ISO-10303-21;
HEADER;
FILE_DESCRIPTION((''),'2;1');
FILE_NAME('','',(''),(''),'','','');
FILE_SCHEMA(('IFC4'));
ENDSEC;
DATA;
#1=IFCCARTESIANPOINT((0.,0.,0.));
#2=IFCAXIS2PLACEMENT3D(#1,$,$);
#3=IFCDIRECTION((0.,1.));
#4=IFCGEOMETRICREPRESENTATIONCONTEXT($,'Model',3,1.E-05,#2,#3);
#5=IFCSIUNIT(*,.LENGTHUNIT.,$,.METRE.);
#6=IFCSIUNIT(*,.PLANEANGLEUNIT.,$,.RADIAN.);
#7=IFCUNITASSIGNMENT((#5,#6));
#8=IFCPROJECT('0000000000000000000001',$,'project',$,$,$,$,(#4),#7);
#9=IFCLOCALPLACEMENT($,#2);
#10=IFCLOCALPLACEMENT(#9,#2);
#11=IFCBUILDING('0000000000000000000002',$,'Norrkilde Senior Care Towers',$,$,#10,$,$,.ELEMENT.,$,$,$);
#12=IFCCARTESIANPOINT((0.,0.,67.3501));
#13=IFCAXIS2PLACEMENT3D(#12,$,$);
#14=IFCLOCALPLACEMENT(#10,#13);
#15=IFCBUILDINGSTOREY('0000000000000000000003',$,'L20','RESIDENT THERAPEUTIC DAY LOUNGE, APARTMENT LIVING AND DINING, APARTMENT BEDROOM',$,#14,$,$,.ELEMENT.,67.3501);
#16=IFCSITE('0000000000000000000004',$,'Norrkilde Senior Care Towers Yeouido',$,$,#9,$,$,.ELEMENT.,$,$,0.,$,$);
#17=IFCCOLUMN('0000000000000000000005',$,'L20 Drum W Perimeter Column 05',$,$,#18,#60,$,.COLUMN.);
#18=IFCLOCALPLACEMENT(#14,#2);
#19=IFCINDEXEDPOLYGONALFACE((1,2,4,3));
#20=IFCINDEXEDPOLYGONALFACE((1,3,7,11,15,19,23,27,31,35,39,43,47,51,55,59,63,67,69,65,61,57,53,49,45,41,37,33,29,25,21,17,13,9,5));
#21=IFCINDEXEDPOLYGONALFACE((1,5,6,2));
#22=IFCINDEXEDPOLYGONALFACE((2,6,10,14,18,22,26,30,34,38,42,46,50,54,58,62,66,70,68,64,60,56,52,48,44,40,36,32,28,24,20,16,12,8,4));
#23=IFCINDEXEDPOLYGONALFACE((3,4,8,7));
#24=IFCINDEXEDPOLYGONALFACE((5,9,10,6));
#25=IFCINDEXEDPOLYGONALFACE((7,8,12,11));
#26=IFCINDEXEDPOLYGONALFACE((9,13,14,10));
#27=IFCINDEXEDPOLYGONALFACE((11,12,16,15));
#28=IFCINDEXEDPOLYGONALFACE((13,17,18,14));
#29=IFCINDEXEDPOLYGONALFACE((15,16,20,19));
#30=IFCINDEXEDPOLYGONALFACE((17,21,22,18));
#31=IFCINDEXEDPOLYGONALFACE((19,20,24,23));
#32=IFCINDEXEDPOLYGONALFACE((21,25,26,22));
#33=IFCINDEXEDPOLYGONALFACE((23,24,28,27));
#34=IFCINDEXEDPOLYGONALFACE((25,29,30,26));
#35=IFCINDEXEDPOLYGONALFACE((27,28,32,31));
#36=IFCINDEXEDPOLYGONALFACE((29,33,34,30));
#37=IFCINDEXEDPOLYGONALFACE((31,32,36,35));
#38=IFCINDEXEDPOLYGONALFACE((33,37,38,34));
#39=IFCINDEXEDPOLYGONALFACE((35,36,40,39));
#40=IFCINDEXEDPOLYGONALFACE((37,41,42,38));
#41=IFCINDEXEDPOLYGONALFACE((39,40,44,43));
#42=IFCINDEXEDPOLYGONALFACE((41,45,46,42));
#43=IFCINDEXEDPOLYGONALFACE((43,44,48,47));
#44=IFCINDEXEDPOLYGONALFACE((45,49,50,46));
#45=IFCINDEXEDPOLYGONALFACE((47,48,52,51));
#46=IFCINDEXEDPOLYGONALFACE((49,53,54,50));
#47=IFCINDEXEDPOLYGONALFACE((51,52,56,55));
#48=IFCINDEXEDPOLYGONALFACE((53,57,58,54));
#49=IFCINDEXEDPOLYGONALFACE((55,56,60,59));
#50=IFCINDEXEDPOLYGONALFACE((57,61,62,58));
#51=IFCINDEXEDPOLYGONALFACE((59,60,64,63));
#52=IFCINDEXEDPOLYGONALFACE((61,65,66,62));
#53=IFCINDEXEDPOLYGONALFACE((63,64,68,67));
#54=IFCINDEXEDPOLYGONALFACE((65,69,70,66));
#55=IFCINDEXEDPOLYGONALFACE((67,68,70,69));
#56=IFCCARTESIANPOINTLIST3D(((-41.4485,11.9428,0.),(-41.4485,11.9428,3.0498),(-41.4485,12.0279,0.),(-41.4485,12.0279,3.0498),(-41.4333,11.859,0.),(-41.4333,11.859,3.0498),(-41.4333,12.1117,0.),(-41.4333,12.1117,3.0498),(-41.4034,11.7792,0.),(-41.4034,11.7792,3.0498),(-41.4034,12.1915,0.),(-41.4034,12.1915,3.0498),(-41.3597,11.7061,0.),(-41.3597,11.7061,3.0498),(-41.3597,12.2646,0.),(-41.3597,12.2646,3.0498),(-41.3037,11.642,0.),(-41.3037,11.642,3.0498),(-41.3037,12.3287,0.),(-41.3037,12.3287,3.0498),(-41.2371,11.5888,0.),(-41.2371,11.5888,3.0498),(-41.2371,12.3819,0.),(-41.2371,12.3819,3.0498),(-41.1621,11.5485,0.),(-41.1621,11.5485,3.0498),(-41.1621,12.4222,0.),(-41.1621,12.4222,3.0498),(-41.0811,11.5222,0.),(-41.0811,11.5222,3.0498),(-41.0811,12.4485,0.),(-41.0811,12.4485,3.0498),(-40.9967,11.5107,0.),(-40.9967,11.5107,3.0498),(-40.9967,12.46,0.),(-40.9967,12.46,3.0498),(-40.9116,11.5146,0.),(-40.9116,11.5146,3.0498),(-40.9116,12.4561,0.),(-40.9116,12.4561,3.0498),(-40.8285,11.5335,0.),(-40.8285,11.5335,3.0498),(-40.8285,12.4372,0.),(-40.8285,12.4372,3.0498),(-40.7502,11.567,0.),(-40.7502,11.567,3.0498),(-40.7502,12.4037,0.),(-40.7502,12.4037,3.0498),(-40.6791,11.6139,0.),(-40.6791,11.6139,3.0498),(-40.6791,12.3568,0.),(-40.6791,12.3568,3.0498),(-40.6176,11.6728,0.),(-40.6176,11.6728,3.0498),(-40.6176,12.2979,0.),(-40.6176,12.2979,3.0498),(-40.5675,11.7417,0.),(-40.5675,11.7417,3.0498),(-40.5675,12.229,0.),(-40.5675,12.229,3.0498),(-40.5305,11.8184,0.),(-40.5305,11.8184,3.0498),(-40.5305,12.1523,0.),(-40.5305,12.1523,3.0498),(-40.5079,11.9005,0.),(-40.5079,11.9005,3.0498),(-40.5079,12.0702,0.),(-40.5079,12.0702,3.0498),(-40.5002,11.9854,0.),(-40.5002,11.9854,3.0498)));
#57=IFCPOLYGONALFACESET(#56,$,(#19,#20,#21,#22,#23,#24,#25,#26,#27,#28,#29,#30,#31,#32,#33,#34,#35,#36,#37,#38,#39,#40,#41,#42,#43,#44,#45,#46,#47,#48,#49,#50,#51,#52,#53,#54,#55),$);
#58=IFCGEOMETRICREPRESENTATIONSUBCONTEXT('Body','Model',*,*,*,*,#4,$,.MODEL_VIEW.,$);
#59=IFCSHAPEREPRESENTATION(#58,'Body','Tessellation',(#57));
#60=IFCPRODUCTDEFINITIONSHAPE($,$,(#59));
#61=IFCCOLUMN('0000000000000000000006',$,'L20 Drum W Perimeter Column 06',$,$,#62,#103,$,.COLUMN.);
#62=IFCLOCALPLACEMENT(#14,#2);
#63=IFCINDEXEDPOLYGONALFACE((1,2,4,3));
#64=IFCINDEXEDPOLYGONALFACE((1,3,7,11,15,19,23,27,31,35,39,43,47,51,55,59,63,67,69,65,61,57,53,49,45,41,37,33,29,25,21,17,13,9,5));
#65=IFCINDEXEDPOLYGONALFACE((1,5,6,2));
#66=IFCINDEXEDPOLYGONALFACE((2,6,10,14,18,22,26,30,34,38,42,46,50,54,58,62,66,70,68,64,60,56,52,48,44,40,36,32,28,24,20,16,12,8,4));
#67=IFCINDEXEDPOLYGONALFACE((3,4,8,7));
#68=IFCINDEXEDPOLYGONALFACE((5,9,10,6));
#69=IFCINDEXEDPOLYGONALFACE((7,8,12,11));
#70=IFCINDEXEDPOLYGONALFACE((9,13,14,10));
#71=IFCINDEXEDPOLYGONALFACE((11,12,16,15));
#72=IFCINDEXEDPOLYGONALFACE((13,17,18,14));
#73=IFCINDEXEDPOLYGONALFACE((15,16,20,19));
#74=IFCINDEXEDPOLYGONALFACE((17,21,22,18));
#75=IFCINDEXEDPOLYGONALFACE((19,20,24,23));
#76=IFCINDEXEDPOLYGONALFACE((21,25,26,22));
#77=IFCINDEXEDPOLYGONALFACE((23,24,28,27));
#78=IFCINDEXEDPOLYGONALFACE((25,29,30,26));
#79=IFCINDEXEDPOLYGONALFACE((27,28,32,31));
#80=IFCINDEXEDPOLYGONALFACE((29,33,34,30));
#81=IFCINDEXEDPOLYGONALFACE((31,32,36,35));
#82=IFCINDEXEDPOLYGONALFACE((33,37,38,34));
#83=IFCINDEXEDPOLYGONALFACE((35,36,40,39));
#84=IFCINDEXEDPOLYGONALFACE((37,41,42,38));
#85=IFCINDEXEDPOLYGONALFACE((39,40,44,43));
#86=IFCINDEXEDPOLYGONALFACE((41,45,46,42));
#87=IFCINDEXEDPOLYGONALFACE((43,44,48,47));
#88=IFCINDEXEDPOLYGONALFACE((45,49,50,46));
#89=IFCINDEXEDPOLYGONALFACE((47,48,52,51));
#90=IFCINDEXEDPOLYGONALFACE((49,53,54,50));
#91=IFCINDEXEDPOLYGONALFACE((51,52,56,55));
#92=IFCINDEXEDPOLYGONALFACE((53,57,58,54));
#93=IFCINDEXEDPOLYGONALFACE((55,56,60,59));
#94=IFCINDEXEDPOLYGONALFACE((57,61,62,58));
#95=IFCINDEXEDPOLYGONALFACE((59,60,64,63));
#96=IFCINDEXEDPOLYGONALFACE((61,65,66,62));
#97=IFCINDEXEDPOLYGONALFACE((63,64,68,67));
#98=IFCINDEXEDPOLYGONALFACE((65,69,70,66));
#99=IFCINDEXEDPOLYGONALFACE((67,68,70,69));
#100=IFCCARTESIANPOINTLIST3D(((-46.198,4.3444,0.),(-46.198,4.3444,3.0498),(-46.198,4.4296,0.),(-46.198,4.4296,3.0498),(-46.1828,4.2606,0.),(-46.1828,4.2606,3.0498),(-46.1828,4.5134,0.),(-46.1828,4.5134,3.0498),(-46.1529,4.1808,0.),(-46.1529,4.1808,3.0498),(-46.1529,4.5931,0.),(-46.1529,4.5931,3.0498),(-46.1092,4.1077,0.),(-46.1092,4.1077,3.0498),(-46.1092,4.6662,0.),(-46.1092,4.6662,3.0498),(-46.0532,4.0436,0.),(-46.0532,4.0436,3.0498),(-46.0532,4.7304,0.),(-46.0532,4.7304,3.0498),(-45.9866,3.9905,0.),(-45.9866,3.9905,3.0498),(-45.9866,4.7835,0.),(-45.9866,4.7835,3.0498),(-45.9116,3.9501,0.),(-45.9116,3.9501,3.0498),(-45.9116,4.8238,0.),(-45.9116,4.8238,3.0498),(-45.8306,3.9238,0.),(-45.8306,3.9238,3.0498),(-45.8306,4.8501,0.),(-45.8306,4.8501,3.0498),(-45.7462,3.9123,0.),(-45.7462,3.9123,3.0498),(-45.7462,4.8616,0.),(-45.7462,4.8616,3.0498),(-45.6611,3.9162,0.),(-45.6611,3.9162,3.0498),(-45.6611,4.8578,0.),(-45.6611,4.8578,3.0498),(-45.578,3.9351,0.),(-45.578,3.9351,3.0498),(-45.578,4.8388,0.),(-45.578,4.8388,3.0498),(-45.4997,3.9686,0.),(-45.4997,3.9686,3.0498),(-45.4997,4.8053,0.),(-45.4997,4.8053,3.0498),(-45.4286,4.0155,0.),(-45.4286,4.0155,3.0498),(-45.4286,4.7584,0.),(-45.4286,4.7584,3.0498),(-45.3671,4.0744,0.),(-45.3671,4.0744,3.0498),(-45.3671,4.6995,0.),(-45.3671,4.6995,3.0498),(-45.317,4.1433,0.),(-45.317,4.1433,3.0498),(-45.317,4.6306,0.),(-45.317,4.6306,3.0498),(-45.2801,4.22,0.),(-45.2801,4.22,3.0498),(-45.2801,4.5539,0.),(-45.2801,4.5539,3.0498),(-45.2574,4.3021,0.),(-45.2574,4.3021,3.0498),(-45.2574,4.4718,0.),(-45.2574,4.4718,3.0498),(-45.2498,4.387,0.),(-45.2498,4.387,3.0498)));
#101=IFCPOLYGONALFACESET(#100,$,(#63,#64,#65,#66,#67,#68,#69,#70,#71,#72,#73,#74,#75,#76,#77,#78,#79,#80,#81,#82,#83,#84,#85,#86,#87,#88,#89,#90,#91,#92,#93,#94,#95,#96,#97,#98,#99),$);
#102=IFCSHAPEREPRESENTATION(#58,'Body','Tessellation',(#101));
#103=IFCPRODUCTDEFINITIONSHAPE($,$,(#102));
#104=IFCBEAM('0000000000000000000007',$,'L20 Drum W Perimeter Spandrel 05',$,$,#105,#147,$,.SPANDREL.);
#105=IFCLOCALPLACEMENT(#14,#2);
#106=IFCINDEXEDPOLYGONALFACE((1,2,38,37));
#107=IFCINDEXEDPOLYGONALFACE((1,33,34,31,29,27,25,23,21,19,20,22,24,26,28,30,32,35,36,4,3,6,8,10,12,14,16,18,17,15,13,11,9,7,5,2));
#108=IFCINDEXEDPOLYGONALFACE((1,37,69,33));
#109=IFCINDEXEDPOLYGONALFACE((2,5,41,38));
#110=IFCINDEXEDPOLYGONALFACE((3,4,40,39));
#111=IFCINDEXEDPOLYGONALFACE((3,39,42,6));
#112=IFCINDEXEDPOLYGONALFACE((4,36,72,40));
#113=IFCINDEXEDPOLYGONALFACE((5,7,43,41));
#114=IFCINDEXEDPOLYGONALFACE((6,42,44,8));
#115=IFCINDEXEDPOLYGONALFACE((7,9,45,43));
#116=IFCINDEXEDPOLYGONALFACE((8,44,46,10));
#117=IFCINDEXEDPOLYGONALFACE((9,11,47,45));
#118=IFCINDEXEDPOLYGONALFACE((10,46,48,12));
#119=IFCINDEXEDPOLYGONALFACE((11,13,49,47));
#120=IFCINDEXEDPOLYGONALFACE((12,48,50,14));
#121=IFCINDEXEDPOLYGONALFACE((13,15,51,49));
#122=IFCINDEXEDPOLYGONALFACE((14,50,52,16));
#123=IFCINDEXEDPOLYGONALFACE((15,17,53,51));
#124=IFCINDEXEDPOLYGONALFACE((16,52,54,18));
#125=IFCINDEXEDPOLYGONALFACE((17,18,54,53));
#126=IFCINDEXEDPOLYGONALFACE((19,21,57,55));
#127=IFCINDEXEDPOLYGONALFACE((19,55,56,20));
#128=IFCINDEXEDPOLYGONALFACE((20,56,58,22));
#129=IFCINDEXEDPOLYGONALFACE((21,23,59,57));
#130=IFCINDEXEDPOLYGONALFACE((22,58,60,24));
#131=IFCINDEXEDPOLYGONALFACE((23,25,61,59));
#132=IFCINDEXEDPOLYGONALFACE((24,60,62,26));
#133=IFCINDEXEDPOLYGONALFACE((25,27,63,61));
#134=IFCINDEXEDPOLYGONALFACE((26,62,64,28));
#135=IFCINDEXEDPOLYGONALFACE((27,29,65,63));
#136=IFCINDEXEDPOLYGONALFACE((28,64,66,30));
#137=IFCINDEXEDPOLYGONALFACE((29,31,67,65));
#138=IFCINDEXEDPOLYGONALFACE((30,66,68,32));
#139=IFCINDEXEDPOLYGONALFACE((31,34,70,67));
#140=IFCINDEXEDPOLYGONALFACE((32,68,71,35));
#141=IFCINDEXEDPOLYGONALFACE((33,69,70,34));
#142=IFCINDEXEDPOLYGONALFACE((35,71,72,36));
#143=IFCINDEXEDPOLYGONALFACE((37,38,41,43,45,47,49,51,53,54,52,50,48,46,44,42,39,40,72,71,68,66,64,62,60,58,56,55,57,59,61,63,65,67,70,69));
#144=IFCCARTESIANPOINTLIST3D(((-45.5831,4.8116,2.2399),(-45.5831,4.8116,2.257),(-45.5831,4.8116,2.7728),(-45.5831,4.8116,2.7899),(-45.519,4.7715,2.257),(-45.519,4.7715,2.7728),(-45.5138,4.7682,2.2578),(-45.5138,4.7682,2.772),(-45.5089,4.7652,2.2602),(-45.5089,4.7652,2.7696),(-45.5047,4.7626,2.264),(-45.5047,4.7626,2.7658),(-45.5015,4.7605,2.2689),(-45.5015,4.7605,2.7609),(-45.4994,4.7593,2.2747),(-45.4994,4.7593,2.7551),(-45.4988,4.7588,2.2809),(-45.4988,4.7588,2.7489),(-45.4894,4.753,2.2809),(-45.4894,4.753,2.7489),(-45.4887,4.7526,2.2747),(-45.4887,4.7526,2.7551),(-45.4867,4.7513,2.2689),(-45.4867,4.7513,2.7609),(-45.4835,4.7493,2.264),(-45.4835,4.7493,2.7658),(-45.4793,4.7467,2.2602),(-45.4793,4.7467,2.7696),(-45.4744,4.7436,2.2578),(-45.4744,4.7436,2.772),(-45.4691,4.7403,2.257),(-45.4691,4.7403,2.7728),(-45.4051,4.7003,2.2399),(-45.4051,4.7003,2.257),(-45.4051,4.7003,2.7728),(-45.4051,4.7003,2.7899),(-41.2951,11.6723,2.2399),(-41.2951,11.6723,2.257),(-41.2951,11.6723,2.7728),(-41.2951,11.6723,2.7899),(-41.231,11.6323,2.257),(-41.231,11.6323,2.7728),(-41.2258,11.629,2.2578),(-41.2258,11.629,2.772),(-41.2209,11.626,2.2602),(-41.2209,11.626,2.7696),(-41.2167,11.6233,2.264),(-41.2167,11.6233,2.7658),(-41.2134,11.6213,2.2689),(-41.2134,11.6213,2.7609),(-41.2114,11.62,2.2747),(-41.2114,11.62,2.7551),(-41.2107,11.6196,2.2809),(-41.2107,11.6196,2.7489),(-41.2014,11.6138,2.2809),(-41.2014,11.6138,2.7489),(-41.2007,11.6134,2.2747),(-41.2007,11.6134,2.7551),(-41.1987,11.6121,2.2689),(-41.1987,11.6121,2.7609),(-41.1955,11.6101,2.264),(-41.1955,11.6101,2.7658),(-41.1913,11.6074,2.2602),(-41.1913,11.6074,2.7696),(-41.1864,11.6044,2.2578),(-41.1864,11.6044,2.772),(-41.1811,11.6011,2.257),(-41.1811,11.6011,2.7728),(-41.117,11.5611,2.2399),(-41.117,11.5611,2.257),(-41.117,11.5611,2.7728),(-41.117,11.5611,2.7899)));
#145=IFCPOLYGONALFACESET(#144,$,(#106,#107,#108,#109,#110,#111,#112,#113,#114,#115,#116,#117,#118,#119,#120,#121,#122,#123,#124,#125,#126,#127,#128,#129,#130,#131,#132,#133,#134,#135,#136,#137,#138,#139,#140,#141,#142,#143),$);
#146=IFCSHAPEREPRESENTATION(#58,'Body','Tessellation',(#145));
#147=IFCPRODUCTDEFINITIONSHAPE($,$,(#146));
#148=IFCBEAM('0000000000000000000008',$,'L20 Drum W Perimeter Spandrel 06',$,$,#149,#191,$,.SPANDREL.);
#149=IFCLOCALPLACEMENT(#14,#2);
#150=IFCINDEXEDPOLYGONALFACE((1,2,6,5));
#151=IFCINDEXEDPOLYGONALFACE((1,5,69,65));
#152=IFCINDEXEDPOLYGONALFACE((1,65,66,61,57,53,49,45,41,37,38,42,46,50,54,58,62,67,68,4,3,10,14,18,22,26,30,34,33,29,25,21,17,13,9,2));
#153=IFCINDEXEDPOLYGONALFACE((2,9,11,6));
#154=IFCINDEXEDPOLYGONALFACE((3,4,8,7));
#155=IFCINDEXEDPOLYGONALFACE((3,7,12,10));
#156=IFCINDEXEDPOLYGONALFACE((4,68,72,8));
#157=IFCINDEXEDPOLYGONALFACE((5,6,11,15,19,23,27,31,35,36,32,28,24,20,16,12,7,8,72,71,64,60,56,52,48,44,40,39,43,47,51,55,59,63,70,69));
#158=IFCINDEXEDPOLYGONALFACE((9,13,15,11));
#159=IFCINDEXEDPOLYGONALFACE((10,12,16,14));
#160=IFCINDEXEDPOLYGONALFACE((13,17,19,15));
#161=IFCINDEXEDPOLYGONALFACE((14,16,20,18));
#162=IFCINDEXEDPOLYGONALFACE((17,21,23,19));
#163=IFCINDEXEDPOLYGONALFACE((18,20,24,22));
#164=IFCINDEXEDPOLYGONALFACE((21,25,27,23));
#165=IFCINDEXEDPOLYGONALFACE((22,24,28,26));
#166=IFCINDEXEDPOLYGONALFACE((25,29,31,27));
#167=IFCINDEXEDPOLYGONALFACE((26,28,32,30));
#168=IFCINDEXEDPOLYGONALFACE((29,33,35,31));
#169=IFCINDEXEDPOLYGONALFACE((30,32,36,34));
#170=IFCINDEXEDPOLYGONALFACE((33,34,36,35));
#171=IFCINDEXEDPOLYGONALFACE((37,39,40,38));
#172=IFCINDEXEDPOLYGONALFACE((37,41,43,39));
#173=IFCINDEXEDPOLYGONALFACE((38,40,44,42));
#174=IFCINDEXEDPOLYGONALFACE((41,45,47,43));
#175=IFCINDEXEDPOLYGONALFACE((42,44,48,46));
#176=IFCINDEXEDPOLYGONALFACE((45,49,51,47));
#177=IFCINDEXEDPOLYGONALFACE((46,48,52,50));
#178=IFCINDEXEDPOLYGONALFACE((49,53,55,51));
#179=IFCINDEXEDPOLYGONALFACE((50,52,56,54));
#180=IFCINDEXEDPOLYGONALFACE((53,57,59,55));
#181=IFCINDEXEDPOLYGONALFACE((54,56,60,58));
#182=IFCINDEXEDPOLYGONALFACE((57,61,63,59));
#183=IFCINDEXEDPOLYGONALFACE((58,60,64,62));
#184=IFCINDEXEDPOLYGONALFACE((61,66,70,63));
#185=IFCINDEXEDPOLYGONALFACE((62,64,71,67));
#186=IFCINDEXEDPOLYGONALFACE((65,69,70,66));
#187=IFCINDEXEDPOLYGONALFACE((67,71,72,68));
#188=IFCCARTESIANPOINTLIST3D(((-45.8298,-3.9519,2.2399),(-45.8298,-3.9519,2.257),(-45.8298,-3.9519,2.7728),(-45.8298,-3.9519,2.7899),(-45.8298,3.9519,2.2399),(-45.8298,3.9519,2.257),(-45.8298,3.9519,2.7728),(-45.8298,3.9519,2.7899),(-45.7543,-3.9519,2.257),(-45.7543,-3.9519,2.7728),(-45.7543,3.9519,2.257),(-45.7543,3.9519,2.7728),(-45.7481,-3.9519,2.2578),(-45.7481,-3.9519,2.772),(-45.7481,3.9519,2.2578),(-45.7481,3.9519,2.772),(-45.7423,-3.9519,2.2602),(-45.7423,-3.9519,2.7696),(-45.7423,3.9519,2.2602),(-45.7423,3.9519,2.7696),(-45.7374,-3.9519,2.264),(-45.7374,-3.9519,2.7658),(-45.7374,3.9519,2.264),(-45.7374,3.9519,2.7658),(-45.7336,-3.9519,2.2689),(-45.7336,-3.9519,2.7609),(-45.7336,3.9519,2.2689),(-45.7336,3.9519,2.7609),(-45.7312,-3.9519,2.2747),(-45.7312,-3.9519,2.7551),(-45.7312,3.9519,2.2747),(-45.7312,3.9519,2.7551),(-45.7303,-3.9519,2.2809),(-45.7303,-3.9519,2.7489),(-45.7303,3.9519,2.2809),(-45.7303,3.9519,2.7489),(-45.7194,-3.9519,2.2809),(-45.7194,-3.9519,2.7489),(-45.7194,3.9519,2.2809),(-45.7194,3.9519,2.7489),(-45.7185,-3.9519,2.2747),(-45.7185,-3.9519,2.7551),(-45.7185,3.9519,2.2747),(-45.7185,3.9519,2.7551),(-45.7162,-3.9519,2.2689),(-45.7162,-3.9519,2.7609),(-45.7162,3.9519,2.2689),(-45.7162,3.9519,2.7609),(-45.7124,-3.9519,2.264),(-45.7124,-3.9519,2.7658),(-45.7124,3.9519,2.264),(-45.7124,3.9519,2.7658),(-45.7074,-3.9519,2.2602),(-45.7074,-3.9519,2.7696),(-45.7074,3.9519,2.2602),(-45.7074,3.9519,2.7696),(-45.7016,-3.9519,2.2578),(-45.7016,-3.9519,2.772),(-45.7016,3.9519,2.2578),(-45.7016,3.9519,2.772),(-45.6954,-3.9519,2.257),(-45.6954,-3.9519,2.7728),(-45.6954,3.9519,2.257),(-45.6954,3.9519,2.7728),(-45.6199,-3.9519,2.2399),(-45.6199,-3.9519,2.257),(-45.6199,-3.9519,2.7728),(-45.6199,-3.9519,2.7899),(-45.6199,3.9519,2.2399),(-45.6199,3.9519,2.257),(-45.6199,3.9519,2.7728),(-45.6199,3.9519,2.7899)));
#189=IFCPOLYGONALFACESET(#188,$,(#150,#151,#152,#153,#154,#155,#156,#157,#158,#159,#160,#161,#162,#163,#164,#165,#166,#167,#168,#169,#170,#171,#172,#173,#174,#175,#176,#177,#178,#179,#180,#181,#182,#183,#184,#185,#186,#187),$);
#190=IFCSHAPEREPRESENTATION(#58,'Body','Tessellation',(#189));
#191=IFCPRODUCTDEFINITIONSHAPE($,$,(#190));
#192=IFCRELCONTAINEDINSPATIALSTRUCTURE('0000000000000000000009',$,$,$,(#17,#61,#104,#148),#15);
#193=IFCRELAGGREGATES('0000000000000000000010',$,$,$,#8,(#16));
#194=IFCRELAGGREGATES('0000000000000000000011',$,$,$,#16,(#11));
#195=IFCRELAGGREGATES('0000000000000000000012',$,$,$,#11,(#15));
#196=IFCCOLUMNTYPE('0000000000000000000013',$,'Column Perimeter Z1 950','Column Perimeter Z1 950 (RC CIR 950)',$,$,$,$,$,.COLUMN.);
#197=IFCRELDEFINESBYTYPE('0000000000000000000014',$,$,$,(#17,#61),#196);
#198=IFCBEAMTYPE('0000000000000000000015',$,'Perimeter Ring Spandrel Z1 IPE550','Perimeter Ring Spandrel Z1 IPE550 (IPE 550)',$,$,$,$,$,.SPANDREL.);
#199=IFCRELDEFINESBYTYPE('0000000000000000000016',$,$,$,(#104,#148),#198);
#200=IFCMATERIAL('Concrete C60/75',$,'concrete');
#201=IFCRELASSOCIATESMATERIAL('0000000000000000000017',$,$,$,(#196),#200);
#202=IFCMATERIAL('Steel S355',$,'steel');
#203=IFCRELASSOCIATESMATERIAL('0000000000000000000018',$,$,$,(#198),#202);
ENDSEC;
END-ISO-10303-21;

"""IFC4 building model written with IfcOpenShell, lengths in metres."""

from ifc_helpers import new_model, si_unit, direction, frame, origin, origin_2d, place, context, subcontext, project, spatial, circle, i_section, extrude, source, transform, mapped, material, material_profile, profile_set, type_object, type_shapes, element, save


model = new_model("IFC4")

# Units and contexts
model_context = context("Model", 3, precision=1e-05, world=origin(), true_north=direction((0.0, 1.0)))
body_context = subcontext(model_context, "Body", "Model", "MODEL_VIEW")
ifc_project = project(units=[si_unit("LENGTHUNIT", "METRE"), si_unit("PLANEANGLEUNIT", "RADIAN")], contexts=[model_context])

# Site, building, storey
site_placement = place(None, origin())
site = spatial("IfcSite", under=ifc_project, at=site_placement, Name="Norrkilde Senior Care Towers Yeouido", CompositionType="ELEMENT", RefElevation=0.0)
building_placement = place(site_placement, origin())
building = spatial("IfcBuilding", under=site, at=building_placement, Name="Norrkilde Senior Care Towers", CompositionType="ELEMENT")
storey_placement = place(building_placement, frame((0.0, 0.0, 67.3501)))
storey = spatial("IfcBuildingStorey", under=building, at=storey_placement, Name="L20", Description="RESIDENT THERAPEUTIC DAY LOUNGE, APARTMENT LIVING AND DINING, APARTMENT BEDROOM", CompositionType="ELEMENT", Elevation=67.3501)

# Columns
ifc_material_1 = material(Name="Concrete C60/75", Category="concrete")
ifc_material_profile_1 = material_profile(ifc_material_1, circle(Radius=0.4751, at=origin_2d()), Name="RC CIR 950")
ifc_profile_set_1 = profile_set([ifc_material_profile_1], Name="Concrete C60/75")
column_type = type_object("IfcColumnType", Name="Column Perimeter Z1 950", Description="Column Perimeter Z1 950 (RC CIR 950)", PredefinedType="COLUMN", material=ifc_profile_set_1)
shared_shape_1 = source(origin(), body_context, "Body", "SweptSolid", [
    extrude(circle(Radius=0.4751, at=origin_2d()), origin(), (0.0, 0.0, 1.0), 3.0498),
])
type_shapes(column_type, [shared_shape_1])
for number, where, z_axis, x_axis, name in (
    (1, (-40.9753, 11.9854, 0.0), (0.0, 0.0, 1.0), (1.0, 0.0, 0.0), "L20 Drum W Perimeter Column 05"),
    (2, (-45.7249, 4.387, 0.0), (0.0, 0.0, 1.0), (1.0, 0.0, 0.0), "L20 Drum W Perimeter Column 06"),
):
    element("IfcColumn", number, at=place(storey_placement, frame(where, z_axis=z_axis, x_axis=x_axis)), inside=storey, type_object=column_type, Name=name, PredefinedType="COLUMN", context=body_context, shape_type="MappedRepresentation", body=[
        mapped(shared_shape_1, transform((0.0, 0.0, 0.0), x_axis=(1.0, 0.0, 0.0), y_axis=(0.0, 1.0, 0.0), z_axis=(0.0, 0.0, 1.0), scale=1.0)),
    ])

# Beams
ifc_material_2 = material(Name="Steel S355", Category="steel")
ifc_material_profile_2 = material_profile(ifc_material_2, i_section(OverallWidth=0.21, OverallDepth=0.55, WebThickness=0.011, FlangeThickness=0.0171, FilletRadius=0.0239, at=origin_2d()), Name="IPE 550")
ifc_profile_set_2 = profile_set([ifc_material_profile_2], Name="Steel S355")
beam_type_1 = type_object("IfcBeamType", Name="Perimeter Ring Spandrel Z1 IPE550", Description="Perimeter Ring Spandrel Z1 IPE550 (IPE 550)", PredefinedType="SPANDREL", material=ifc_profile_set_2)
shared_shape_2 = source(origin(), body_context, "Body", "SweptSolid", [
    extrude(i_section(OverallWidth=0.21, OverallDepth=0.55, WebThickness=0.011, FlangeThickness=0.0171, FilletRadius=0.0239, at=origin_2d()), origin(), (0.0, 0.0, 1.0), 8.0906),
])
beam_1_placement = place(storey_placement, frame((-41.2061, 11.6167, 2.5149), z_axis=(-0.530004, -0.847995, 0.0), x_axis=(0.847995, -0.530004, 0.0)))
element("IfcBeam", 3, at=beam_1_placement, inside=storey, type_object=beam_type_1, Name="L20 Drum W Perimeter Spandrel 05", PredefinedType="SPANDREL", context=body_context, shape_type="MappedRepresentation", body=[
    mapped(shared_shape_2, transform((0.0, 0.0, 0.0), x_axis=(1.0, 0.0, 0.0), y_axis=(0.0, 1.0, 0.0), z_axis=(0.0, 0.0, 1.0), scale=1.0)),
])
shared_shape_3 = source(origin(), body_context, "Body", "SweptSolid", [
    extrude(i_section(OverallWidth=0.21, OverallDepth=0.55, WebThickness=0.011, FlangeThickness=0.0171, FilletRadius=0.0239, at=origin_2d()), origin(), (0.0, 0.0, 1.0), 7.9038),
])
type_shapes(beam_type_1, [shared_shape_2, shared_shape_3])
beam_2_placement = place(storey_placement, frame((-45.7249, 3.9519, 2.5149), z_axis=(0.0, -1.0, 0.0), x_axis=(1.0, 0.0, 0.0)))
element("IfcBeam", 4, at=beam_2_placement, inside=storey, type_object=beam_type_1, Name="L20 Drum W Perimeter Spandrel 06", PredefinedType="SPANDREL", context=body_context, shape_type="MappedRepresentation", body=[
    mapped(shared_shape_3, transform((0.0, 0.0, 0.0), x_axis=(1.0, 0.0, 0.0), y_axis=(0.0, 1.0, 0.0), z_axis=(0.0, 0.0, 1.0), scale=1.0)),
])

save(model, "model.ifc")
